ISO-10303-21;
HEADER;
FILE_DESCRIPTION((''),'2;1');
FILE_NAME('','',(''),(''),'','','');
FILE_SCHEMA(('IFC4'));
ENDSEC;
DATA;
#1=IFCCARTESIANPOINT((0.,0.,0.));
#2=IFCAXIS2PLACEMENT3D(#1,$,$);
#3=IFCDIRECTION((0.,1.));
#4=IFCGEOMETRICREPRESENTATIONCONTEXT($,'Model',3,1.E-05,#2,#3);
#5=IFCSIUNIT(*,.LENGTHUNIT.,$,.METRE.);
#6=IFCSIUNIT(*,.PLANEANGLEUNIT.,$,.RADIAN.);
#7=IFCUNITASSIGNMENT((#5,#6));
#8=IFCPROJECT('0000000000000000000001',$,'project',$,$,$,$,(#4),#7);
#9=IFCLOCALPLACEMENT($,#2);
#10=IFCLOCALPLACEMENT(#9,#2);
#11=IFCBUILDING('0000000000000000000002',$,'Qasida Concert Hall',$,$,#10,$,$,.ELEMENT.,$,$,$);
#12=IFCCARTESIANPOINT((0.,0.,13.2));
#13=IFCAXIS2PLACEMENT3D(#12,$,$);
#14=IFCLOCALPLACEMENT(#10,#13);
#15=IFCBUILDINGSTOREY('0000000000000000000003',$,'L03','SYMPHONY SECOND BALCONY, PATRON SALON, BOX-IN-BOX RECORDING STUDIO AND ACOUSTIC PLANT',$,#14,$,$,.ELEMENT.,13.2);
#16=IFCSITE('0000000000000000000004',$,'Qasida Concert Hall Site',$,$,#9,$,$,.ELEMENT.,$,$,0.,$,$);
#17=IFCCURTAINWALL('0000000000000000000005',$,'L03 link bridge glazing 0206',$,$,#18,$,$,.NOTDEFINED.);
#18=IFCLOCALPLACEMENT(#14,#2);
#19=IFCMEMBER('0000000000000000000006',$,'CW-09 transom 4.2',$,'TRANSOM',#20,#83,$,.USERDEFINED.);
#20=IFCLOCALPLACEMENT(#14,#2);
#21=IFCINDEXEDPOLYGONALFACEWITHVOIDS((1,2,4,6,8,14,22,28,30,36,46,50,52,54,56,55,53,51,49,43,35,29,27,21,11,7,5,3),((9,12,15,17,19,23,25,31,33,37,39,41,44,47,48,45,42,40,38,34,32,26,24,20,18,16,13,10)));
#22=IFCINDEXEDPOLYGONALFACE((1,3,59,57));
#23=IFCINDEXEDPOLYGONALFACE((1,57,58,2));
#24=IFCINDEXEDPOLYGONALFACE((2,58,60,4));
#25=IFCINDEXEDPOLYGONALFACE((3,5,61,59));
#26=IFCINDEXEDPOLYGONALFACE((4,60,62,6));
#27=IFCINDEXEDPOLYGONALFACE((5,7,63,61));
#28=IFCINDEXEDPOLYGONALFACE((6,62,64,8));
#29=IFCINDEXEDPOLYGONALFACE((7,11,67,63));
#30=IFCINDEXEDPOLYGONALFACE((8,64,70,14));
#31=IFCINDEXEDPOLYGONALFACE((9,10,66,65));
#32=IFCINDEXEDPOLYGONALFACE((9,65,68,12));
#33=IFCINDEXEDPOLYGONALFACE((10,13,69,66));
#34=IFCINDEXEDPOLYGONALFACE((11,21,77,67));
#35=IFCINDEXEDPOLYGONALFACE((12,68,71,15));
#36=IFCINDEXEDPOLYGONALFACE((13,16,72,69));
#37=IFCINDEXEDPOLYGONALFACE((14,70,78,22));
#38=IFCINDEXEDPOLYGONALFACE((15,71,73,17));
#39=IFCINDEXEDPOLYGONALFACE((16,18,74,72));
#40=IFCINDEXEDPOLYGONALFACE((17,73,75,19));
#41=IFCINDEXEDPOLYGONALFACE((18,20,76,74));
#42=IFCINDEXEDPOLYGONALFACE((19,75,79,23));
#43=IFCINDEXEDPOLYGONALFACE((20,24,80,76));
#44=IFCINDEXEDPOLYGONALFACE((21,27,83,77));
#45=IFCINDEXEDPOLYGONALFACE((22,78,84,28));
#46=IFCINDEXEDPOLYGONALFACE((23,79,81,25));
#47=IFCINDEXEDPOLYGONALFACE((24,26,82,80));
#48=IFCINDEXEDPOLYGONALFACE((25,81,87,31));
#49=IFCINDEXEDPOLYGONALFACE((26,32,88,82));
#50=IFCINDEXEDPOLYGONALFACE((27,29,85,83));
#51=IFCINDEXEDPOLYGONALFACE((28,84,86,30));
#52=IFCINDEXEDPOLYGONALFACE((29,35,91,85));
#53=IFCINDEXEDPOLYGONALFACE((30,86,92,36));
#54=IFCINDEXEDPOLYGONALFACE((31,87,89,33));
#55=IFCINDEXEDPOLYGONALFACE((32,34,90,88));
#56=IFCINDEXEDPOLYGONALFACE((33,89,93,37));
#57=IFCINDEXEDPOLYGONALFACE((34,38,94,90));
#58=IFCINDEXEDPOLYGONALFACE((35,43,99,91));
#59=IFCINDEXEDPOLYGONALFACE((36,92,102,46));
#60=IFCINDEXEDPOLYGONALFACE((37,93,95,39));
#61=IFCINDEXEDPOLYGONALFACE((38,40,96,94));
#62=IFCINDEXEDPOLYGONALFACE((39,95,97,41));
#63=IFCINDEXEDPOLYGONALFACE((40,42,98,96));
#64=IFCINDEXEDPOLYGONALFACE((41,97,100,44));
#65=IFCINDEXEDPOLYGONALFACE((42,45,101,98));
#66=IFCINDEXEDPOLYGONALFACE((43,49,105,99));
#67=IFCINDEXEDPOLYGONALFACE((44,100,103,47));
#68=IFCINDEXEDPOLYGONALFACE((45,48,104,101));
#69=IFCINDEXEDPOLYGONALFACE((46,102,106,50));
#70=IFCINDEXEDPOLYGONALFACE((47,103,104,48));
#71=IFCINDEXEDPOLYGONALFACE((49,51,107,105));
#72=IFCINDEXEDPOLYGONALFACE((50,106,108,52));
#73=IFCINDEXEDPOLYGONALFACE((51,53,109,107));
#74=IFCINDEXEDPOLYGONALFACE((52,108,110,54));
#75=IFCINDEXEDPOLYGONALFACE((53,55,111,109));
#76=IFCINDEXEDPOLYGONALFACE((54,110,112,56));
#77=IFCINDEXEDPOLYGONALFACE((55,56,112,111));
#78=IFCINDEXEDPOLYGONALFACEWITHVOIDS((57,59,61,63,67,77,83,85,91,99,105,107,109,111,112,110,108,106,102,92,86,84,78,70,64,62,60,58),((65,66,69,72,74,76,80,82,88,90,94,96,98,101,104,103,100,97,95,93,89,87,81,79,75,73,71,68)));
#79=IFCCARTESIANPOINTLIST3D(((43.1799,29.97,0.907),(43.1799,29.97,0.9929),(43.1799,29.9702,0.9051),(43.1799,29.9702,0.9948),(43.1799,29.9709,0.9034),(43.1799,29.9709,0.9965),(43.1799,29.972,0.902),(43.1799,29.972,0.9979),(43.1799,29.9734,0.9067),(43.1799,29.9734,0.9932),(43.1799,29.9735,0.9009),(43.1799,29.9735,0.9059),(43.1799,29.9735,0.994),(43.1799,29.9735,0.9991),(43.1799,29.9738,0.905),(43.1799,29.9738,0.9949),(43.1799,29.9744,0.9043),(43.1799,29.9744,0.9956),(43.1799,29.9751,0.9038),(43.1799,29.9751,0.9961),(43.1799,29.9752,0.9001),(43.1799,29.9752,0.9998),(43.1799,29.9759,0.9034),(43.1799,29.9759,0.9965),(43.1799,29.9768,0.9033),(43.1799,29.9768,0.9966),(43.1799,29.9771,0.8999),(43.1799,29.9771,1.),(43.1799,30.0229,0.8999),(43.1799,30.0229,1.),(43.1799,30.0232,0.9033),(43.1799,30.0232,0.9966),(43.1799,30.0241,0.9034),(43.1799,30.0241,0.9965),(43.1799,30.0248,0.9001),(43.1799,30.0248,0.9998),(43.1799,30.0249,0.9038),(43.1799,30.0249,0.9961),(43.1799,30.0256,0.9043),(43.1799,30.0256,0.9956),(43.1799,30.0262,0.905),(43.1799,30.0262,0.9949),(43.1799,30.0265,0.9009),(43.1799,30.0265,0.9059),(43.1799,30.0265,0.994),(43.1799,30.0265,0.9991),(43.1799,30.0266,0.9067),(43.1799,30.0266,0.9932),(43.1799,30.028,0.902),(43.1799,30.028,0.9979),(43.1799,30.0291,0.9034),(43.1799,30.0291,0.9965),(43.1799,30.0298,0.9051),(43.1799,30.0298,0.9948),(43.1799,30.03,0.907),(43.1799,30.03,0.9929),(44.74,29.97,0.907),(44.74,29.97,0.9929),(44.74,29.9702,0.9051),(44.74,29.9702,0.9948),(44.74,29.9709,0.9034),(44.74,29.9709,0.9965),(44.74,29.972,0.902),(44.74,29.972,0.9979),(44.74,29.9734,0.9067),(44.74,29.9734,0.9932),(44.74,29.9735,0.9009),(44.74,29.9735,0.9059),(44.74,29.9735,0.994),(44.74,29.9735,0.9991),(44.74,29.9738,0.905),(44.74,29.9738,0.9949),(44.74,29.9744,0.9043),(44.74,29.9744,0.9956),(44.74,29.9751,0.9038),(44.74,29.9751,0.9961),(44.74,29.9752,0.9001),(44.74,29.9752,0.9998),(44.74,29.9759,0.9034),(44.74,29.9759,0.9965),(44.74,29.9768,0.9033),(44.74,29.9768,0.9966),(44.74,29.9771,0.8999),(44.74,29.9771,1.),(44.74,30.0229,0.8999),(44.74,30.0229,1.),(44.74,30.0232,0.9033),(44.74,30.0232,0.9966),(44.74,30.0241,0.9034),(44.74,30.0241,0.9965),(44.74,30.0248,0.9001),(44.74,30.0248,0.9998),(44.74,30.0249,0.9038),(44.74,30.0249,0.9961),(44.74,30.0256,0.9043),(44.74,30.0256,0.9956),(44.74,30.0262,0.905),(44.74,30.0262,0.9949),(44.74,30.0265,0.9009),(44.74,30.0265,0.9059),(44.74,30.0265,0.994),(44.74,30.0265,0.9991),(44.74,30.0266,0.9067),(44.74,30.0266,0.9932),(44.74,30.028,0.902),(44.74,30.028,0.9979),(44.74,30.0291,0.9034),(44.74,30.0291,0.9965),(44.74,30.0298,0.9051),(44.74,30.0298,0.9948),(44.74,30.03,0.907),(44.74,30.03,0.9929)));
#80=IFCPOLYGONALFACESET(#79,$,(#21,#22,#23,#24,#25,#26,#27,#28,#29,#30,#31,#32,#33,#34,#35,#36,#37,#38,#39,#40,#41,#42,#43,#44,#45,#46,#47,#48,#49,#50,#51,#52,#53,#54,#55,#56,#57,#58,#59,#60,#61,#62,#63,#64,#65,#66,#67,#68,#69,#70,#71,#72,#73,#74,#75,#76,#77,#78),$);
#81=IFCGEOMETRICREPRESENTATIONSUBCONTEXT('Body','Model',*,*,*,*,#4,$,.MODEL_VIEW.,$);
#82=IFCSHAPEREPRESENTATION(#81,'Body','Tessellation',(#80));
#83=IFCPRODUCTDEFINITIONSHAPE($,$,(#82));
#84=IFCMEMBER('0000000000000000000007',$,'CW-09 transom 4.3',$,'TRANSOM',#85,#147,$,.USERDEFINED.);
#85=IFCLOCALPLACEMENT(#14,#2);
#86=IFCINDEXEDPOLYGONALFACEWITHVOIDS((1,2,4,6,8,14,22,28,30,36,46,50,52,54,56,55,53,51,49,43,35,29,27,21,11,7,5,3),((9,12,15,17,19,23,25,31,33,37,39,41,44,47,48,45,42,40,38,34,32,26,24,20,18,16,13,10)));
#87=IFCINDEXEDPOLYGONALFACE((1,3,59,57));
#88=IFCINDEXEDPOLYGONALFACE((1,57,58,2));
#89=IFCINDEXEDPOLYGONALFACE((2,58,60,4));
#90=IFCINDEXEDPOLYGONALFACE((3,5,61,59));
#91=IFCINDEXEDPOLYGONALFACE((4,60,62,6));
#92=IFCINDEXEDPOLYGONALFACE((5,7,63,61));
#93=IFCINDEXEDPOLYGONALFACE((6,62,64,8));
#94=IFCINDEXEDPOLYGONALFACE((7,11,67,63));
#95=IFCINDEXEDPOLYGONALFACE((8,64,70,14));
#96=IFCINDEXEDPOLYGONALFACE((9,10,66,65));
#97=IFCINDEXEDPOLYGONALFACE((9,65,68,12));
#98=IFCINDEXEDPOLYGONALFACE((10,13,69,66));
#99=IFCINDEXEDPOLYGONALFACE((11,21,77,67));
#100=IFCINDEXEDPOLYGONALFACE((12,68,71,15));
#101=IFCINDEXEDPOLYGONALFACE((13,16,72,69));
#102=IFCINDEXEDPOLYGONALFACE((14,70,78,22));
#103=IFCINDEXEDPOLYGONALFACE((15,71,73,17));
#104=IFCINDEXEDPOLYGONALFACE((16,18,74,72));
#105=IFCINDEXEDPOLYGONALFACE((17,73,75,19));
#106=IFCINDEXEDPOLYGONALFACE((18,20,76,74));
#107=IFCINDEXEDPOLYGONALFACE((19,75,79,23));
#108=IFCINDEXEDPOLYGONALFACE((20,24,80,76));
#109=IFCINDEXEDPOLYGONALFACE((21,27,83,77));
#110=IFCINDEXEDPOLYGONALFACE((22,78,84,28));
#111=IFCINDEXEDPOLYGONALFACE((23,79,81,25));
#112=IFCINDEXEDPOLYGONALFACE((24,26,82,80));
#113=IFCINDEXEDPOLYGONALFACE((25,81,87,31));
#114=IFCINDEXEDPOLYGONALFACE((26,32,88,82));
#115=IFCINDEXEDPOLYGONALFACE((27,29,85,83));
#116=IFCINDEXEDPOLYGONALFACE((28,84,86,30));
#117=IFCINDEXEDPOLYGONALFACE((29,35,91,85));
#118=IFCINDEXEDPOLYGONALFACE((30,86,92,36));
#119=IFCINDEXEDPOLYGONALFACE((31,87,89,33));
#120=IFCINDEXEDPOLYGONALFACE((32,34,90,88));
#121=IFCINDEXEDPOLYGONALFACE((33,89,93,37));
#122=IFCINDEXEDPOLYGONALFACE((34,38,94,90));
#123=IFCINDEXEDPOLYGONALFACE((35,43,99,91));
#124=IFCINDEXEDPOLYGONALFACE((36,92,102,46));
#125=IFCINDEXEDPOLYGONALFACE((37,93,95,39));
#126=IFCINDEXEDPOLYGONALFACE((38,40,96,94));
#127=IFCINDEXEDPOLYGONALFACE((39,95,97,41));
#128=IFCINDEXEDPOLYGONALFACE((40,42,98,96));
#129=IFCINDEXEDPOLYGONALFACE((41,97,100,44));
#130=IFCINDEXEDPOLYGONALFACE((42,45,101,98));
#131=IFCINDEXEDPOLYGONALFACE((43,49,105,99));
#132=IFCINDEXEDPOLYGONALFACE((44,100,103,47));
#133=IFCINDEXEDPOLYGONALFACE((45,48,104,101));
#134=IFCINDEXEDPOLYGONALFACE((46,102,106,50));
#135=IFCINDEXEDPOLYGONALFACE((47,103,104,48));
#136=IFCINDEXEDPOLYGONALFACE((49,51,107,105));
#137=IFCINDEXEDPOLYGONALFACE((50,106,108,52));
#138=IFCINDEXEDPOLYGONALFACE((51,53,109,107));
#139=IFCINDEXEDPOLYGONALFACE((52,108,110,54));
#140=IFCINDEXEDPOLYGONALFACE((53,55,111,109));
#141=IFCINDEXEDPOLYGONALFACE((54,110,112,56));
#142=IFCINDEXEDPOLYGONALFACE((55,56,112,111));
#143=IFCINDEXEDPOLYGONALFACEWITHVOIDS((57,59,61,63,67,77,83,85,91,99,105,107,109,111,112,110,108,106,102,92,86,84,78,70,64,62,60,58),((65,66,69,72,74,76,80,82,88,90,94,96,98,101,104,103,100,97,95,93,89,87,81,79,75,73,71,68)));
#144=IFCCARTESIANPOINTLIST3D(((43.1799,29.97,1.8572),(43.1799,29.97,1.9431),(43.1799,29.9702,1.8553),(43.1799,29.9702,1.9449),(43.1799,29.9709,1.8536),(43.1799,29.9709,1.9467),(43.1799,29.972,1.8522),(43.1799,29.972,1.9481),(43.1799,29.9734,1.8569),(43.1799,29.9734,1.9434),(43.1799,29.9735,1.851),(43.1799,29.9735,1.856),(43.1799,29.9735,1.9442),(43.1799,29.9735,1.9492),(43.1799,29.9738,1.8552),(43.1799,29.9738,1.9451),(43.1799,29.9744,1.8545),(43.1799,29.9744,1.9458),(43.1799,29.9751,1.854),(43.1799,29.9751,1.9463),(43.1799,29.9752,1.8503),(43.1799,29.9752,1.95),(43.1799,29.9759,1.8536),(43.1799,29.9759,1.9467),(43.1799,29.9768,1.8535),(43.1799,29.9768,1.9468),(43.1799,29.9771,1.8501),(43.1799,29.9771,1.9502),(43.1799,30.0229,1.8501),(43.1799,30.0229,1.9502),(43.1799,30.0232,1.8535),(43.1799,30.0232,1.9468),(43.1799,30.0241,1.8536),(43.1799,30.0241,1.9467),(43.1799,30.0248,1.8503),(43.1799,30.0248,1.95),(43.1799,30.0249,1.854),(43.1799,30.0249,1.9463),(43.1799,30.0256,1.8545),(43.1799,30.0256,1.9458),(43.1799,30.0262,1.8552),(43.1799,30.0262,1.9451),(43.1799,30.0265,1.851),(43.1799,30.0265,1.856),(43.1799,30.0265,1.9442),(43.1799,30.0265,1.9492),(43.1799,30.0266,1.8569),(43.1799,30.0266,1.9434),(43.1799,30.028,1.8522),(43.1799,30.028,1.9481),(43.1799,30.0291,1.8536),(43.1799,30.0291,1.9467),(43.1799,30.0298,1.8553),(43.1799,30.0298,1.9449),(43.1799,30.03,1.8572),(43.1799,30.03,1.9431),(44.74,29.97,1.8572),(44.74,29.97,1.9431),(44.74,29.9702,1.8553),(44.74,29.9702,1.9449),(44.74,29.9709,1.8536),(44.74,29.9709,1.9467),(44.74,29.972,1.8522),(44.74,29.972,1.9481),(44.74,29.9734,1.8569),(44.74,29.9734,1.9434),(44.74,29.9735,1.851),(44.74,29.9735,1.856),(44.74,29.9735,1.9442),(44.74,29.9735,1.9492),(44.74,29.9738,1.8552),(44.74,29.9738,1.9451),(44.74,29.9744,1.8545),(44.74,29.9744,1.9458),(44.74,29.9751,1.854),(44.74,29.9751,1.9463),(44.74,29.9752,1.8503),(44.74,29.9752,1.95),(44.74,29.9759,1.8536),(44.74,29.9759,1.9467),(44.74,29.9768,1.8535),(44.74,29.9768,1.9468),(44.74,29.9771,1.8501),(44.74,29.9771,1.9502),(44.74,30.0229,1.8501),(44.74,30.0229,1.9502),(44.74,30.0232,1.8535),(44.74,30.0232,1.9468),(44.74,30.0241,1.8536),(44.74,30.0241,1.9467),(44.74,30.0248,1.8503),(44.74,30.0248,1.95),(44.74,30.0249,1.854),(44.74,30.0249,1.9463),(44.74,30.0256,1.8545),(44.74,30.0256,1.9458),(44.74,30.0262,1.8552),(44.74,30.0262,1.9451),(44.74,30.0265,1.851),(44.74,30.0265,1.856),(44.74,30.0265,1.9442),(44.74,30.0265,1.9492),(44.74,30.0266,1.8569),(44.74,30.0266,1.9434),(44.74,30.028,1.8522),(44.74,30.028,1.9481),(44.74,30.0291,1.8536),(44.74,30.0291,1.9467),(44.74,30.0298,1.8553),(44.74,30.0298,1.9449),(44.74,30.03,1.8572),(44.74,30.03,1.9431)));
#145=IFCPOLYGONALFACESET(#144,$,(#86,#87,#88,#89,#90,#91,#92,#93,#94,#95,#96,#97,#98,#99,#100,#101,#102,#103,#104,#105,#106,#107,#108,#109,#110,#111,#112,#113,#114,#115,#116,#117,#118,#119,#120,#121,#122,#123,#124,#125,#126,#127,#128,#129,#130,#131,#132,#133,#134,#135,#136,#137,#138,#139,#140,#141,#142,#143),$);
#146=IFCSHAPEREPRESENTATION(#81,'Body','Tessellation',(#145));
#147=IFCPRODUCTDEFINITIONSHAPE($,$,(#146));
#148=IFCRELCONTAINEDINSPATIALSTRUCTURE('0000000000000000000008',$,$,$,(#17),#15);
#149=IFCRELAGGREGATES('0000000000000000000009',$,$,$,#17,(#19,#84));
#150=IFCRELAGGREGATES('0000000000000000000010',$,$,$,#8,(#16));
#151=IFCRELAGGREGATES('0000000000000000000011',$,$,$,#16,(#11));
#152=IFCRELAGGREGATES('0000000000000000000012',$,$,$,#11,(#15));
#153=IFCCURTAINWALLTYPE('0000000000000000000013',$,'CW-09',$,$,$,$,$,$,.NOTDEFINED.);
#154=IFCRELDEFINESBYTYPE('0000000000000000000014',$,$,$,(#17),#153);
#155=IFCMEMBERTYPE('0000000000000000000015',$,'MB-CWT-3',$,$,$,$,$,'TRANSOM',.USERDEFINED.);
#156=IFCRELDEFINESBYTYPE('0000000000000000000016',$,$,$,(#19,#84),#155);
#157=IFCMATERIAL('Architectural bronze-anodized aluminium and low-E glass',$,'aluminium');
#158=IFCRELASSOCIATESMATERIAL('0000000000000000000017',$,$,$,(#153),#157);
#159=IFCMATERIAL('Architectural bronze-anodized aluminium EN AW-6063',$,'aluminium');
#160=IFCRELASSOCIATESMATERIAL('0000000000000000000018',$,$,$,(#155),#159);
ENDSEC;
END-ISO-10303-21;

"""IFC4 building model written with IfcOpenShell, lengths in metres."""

from ifc_helpers import new_model, si_unit, direction, frame, origin, origin_2d, place, context, subcontext, project, spatial, hollow_rectangle, extrude, material, material_profile, profile_set, type_object, element, aggregate, save


model = new_model("IFC4")

# Units and contexts
model_context = context("Model", 3, precision=1e-05, world=origin(), true_north=direction((0.0, 1.0)))
body_context = subcontext(model_context, "Body", "Model", "MODEL_VIEW")
ifc_project = project(units=[si_unit("LENGTHUNIT", "METRE"), si_unit("PLANEANGLEUNIT", "RADIAN")], contexts=[model_context])

# Site, building, storey
site_placement = place(None, origin())
site = spatial("IfcSite", under=ifc_project, at=site_placement, Name="Qasida Concert Hall Site", CompositionType="ELEMENT", RefElevation=0.0)
building_placement = place(site_placement, origin())
building = spatial("IfcBuilding", under=site, at=building_placement, Name="Qasida Concert Hall", CompositionType="ELEMENT")
storey_placement = place(building_placement, frame((0.0, 0.0, 13.2)))
storey = spatial("IfcBuildingStorey", under=building, at=storey_placement, Name="L03", Description="SYMPHONY SECOND BALCONY, PATRON SALON, BOX-IN-BOX RECORDING STUDIO AND ACOUSTIC PLANT", CompositionType="ELEMENT", Elevation=13.2)

# Curtain wall
ifc_material_1 = material(Name="Architectural bronze-anodized aluminium and low-E glass", Category="aluminium")
curtain_wall_type = type_object("IfcCurtainWallType", Name="CW-09", PredefinedType="NOTDEFINED", material=ifc_material_1)
curtain_wall_1_placement = place(storey_placement, origin())
curtain_wall_1 = element("IfcCurtainWall", 1, at=curtain_wall_1_placement, inside=storey, type_object=curtain_wall_type, Name="L03 link bridge glazing 0206", PredefinedType="NOTDEFINED")
ifc_material_2 = material(Name="Architectural bronze-anodized aluminium EN AW-6063", Category="aluminium")

# Members
ifc_material_profile_1 = material_profile(ifc_material_2, hollow_rectangle(XDim=0.0601, YDim=0.1001, WallThickness=0.0034, InnerFilletRadius=0.0034, OuterFilletRadius=0.0071, at=origin_2d()), Name="CWT 100x60x3.5")
ifc_profile_set_1 = profile_set([ifc_material_profile_1], Name="Architectural bronze-anodized aluminium EN AW-6063")
member_type_1 = type_object("IfcMemberType", Name="MB-CWT-3", ElementType="TRANSOM", PredefinedType="USERDEFINED", material=ifc_profile_set_1)
member_1_placement = place(storey_placement, frame((43.1799, 30.0, 0.95), z_axis=(1.0, 0.0, 0.0), x_axis=(0.0, 1.0, 0.0)))
member_1 = element("IfcMember", 2, at=member_1_placement, type_object=member_type_1, Name="CW-09 transom 4.2", ObjectType="TRANSOM", PredefinedType="USERDEFINED", context=body_context, shape_type="SweptSolid", body=[
    extrude(hollow_rectangle(XDim=0.0601, YDim=0.1001, WallThickness=0.0034, InnerFilletRadius=0.0034, OuterFilletRadius=0.0071, at=origin_2d()), origin(), (0.0, 0.0, 1.0), 1.5601),
])
member_2_placement = place(storey_placement, frame((43.1799, 30.0, 1.9001), z_axis=(1.0, 0.0, 0.0), x_axis=(0.0, 1.0, 0.0)))
member_2 = element("IfcMember", 3, at=member_2_placement, type_object=member_type_1, Name="CW-09 transom 4.3", ObjectType="TRANSOM", PredefinedType="USERDEFINED", context=body_context, shape_type="SweptSolid", body=[
    extrude(hollow_rectangle(XDim=0.0601, YDim=0.1001, WallThickness=0.0034, InnerFilletRadius=0.0034, OuterFilletRadius=0.0071, at=origin_2d()), origin(), (0.0, 0.0, 1.0), 1.5601),
])

aggregate(curtain_wall_1, [member_1, member_2])

save(model, "model.ifc")
